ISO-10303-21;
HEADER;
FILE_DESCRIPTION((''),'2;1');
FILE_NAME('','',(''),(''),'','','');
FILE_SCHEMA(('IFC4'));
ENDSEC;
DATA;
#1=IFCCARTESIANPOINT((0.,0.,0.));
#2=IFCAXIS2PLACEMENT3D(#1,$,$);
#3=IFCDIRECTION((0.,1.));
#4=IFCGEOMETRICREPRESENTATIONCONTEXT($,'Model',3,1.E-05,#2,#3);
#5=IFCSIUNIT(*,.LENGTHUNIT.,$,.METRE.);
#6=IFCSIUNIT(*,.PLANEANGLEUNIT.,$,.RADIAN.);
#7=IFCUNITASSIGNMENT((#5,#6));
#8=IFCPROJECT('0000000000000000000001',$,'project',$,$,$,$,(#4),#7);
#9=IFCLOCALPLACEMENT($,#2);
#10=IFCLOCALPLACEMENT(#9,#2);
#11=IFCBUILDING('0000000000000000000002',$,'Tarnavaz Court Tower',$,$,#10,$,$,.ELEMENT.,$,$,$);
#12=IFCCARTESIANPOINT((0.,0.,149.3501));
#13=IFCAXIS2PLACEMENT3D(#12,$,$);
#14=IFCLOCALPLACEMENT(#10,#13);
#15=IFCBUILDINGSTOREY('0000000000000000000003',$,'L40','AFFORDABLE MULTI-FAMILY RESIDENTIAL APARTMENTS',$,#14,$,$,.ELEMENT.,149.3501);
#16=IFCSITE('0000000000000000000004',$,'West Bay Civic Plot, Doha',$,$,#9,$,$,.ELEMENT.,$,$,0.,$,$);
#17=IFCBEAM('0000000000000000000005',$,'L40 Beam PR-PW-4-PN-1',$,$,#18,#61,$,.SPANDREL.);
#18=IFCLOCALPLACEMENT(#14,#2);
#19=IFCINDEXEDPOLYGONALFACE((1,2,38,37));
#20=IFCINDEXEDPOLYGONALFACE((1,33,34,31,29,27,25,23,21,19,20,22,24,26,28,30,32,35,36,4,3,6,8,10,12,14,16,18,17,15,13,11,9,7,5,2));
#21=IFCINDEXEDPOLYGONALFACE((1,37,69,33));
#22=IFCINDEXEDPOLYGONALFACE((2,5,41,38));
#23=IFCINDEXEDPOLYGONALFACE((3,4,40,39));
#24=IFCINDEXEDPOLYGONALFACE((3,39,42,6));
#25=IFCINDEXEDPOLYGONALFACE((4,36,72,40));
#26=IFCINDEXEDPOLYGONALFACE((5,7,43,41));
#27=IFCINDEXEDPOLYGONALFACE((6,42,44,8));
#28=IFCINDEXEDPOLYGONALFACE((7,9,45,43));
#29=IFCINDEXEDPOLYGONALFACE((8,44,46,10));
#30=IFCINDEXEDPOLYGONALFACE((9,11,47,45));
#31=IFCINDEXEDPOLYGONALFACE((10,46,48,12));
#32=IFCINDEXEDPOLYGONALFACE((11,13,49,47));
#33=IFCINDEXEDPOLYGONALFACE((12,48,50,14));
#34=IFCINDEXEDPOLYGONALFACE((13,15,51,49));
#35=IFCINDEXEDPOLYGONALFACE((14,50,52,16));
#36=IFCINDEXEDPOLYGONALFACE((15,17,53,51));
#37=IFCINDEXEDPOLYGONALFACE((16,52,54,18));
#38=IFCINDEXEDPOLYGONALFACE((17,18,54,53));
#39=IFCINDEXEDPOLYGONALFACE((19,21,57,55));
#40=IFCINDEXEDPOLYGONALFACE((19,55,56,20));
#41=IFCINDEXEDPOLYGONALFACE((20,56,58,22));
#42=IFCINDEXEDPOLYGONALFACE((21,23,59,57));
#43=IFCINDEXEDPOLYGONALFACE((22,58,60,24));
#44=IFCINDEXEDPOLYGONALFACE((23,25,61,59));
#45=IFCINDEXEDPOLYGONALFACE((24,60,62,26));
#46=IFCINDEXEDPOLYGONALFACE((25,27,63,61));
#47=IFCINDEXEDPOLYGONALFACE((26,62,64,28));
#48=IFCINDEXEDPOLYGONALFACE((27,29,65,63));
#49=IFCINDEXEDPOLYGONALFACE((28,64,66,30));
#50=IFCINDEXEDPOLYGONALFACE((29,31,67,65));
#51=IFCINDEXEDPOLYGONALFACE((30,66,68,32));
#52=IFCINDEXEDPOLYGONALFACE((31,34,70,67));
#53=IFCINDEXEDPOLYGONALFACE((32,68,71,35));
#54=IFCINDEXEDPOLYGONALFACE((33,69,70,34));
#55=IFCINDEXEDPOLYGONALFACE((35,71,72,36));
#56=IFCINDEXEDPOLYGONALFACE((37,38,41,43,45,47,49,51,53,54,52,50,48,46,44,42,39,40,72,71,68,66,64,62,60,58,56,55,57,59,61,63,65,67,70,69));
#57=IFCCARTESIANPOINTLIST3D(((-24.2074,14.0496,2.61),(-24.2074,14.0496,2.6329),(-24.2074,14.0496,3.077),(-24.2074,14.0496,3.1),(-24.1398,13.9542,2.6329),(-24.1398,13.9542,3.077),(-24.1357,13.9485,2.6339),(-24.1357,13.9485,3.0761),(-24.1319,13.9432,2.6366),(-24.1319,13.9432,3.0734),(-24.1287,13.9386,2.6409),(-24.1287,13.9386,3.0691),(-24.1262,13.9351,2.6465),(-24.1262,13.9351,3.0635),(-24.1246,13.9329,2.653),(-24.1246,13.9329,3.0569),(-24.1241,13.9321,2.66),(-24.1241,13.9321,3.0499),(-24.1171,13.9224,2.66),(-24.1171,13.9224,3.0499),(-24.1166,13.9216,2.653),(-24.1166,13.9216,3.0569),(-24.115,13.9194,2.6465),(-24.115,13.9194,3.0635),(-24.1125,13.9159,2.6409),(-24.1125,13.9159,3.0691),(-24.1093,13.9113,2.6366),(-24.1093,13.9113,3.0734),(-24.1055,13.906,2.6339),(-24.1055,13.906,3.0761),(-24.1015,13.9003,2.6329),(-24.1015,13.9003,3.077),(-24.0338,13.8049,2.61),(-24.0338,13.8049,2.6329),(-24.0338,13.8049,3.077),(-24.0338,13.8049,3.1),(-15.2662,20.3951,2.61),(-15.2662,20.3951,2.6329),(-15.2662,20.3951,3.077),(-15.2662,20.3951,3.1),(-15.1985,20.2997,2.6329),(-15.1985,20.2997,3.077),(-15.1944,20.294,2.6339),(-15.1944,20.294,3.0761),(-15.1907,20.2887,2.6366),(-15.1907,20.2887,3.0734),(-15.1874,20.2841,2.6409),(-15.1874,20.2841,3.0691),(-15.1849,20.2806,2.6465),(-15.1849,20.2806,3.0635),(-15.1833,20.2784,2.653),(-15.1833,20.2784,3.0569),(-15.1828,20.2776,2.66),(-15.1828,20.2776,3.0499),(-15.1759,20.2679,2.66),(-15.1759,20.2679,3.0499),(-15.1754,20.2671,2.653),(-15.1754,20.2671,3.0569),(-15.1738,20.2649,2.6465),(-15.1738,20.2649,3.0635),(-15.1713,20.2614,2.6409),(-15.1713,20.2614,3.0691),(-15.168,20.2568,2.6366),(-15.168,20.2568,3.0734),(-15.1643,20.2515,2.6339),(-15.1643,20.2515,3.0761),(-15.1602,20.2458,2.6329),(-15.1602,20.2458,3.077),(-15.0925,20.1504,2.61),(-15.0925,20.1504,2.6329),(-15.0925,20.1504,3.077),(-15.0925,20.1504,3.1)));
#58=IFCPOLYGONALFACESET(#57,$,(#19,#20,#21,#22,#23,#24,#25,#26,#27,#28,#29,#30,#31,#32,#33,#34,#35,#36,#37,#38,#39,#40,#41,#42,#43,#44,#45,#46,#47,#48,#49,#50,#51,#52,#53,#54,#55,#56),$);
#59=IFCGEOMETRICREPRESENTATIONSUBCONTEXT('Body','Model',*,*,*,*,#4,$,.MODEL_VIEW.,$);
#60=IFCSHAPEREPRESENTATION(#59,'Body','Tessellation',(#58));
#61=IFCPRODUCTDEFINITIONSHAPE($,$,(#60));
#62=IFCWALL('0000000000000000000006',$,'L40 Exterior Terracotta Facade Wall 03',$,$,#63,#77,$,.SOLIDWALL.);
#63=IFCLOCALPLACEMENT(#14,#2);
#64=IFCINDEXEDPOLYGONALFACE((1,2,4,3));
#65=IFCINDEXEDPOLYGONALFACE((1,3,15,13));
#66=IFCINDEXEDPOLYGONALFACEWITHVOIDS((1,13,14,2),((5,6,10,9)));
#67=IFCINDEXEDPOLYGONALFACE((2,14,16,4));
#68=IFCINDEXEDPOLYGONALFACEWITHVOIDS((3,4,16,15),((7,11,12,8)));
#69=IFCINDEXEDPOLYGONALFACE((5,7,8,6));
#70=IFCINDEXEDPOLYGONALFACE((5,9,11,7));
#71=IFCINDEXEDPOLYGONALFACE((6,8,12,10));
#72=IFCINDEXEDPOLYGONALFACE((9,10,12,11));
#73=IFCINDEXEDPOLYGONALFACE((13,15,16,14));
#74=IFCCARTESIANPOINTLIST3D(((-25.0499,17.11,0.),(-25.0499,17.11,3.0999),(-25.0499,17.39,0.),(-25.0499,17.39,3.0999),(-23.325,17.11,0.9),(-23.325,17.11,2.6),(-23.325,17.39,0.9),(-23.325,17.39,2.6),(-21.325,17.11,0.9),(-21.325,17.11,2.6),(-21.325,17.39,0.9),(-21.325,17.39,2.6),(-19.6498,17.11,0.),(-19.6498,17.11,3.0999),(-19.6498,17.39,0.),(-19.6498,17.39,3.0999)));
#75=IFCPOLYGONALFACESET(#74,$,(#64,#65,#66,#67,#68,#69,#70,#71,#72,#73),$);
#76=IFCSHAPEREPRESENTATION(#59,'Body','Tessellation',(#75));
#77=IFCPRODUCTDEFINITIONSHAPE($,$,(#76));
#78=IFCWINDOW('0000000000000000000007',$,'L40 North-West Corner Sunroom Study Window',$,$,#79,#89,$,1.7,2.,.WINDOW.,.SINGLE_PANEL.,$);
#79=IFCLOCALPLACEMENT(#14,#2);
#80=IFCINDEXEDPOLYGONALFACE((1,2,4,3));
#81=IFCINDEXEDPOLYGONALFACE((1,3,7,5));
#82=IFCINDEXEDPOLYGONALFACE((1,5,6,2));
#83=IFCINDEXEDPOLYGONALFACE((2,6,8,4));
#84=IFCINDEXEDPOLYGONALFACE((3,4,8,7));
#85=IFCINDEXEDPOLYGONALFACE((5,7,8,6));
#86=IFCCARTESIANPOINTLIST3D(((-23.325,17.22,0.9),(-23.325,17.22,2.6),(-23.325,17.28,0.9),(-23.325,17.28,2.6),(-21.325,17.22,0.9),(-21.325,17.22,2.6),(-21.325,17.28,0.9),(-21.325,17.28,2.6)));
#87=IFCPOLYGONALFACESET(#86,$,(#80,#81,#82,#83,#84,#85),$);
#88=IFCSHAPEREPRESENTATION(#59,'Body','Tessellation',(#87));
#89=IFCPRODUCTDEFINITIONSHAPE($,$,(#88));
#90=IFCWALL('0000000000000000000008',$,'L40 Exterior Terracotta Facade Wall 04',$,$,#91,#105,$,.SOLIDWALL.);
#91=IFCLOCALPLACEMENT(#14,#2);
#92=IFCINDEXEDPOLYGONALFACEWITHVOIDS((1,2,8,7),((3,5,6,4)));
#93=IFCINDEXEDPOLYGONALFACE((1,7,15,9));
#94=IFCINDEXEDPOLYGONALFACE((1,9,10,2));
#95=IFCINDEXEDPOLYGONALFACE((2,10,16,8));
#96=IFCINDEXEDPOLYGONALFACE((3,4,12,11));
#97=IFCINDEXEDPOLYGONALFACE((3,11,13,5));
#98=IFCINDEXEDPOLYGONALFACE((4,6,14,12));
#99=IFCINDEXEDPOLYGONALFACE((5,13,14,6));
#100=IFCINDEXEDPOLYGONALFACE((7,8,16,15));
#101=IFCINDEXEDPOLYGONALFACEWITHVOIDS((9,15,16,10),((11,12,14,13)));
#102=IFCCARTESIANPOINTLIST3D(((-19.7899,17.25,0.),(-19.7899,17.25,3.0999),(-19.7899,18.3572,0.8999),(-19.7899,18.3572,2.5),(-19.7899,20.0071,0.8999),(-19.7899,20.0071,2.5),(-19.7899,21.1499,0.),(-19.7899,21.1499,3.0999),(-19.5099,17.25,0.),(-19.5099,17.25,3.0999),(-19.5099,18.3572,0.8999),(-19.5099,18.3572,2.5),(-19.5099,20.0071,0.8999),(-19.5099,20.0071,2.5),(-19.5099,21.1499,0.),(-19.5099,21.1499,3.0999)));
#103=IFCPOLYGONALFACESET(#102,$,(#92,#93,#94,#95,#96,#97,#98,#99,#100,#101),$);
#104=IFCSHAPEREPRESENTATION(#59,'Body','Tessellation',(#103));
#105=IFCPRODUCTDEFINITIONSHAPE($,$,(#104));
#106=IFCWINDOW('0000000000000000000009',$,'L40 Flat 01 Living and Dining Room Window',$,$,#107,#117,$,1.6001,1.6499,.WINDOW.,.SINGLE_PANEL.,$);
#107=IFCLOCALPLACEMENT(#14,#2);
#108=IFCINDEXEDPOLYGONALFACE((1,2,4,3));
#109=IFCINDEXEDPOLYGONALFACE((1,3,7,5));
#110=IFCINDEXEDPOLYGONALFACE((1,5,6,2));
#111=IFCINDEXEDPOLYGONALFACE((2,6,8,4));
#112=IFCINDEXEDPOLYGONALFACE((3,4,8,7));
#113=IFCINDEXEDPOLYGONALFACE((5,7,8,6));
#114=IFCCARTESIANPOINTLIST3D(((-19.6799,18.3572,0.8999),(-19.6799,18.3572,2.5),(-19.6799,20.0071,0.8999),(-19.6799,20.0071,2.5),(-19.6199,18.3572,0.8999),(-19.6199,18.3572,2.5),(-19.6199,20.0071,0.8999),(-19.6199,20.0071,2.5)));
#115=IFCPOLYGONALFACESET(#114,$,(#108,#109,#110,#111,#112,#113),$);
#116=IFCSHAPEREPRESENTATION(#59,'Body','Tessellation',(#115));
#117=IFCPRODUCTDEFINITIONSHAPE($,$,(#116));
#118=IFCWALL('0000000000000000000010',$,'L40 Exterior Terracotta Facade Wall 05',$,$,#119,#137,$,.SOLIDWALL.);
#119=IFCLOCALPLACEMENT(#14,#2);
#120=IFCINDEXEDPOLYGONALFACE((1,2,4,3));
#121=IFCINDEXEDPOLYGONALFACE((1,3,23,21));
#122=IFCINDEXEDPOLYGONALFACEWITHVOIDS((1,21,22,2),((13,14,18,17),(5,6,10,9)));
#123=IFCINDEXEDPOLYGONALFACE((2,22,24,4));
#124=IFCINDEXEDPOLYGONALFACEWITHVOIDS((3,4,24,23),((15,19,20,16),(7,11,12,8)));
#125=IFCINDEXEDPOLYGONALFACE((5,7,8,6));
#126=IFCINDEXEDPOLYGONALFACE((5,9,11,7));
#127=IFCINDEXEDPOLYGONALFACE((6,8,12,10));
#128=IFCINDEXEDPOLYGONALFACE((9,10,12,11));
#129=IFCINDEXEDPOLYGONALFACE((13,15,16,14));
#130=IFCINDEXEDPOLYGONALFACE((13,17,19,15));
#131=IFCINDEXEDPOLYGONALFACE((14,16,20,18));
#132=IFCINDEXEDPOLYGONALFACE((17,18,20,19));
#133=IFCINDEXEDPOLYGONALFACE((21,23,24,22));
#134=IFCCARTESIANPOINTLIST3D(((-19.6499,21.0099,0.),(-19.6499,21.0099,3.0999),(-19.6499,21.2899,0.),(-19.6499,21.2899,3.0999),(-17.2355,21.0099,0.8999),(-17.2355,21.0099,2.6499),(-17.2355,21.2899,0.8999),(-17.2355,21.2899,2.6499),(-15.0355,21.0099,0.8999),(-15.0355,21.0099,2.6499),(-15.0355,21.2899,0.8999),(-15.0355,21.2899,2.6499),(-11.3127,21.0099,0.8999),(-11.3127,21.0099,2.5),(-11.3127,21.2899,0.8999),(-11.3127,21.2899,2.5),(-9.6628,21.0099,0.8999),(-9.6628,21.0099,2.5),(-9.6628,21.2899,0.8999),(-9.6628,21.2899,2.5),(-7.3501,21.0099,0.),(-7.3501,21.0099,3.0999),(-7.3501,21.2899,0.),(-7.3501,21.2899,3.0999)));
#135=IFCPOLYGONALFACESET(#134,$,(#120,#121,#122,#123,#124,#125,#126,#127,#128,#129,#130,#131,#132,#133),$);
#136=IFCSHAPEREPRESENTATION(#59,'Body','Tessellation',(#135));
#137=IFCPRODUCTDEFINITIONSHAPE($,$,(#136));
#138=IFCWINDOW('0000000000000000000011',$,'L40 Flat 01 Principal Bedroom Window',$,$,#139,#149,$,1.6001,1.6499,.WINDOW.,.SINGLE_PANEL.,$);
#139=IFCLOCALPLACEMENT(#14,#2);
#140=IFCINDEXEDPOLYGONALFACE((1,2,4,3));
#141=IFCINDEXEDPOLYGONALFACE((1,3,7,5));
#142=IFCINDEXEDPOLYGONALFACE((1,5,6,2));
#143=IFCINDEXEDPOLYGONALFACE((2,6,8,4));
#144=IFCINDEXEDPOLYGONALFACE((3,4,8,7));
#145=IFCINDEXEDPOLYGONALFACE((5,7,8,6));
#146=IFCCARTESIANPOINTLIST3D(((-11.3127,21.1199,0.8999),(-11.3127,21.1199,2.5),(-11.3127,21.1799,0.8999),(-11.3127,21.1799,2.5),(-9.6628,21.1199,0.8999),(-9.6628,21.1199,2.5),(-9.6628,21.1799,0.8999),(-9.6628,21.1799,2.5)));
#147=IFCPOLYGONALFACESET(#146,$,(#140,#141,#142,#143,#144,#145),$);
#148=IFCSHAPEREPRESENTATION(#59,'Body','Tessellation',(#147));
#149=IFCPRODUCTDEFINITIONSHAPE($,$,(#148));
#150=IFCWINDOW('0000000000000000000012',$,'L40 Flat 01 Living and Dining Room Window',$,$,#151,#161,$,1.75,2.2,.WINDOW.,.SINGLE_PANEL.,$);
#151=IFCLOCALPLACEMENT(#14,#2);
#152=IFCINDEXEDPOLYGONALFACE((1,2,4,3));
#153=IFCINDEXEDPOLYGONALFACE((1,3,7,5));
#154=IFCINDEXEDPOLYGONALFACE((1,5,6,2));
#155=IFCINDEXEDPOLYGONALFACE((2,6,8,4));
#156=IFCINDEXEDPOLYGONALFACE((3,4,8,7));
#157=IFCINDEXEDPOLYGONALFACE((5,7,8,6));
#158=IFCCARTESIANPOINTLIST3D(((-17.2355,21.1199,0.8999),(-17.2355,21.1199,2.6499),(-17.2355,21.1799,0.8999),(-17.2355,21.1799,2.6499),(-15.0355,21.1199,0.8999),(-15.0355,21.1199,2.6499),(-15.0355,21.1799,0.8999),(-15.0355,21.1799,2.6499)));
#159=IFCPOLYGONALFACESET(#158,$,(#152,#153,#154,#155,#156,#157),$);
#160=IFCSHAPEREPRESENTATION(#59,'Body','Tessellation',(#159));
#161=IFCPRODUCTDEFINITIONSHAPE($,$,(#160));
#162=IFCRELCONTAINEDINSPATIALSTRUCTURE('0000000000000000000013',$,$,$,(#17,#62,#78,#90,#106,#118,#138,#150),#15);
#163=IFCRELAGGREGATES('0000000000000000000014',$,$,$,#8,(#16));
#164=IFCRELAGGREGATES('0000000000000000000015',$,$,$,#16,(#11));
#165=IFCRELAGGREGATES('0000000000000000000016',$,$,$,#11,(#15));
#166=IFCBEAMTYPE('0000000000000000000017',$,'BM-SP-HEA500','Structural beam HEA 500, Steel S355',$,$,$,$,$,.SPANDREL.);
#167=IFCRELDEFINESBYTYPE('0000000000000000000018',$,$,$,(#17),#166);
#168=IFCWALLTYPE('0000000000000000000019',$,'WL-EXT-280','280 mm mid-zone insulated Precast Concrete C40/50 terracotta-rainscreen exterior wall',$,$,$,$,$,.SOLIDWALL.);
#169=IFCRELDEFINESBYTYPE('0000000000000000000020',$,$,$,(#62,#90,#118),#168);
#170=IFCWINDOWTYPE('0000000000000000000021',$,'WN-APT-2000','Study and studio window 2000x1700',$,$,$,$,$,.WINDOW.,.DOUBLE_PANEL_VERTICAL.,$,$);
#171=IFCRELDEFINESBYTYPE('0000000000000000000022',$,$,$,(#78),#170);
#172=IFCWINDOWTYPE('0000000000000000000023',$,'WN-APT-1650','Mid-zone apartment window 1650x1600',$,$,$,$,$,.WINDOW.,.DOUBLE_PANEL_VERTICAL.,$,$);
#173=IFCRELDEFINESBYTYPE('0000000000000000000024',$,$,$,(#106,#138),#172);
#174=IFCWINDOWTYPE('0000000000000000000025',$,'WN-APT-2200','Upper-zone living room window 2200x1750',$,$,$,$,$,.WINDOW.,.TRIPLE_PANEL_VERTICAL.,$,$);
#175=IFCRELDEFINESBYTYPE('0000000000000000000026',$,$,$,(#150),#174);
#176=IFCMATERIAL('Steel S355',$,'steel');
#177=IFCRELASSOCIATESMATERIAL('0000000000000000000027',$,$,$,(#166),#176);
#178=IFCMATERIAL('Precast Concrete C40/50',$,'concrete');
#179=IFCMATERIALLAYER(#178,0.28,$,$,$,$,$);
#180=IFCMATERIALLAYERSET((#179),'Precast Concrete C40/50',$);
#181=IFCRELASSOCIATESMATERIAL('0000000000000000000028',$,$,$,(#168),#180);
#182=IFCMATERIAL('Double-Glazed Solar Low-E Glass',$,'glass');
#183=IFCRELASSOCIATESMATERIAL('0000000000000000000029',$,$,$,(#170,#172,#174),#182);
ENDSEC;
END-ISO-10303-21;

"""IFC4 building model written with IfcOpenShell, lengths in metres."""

from ifc_helpers import new_model, si_unit, direction, frame, frame_2d, origin, origin_2d, place, context, subcontext, project, spatial, rectangle, i_section, extrude, material, layer, layer_set, material_profile, profile_set, type_object, element, fill, save


model = new_model("IFC4")

# Units and contexts
model_context = context("Model", 3, precision=1e-05, world=origin(), true_north=direction((0.0, 1.0)))
body_context = subcontext(model_context, "Body", "Model", "MODEL_VIEW")
ifc_project = project(units=[si_unit("LENGTHUNIT", "METRE"), si_unit("PLANEANGLEUNIT", "RADIAN")], contexts=[model_context])

# Site, building, storey
site_placement = place(None, origin())
site = spatial("IfcSite", under=ifc_project, at=site_placement, Name="West Bay Civic Plot, Doha", CompositionType="ELEMENT", RefElevation=0.0)
building_placement = place(site_placement, origin())
building = spatial("IfcBuilding", under=site, at=building_placement, Name="Tarnavaz Court Tower", CompositionType="ELEMENT")
storey_placement = place(building_placement, frame((0.0, 0.0, 149.3501)))
storey = spatial("IfcBuildingStorey", under=building, at=storey_placement, Name="L40", Description="AFFORDABLE MULTI-FAMILY RESIDENTIAL APARTMENTS", CompositionType="ELEMENT", Elevation=149.3501)

# Beam
ifc_material_1 = material(Name="Steel S355", Category="steel")
ifc_material_profile_1 = material_profile(ifc_material_1, i_section(OverallWidth=0.3, OverallDepth=0.49, WebThickness=0.012, FlangeThickness=0.0229, FilletRadius=0.0271, at=origin_2d()), Name="HEA 500")
ifc_profile_set_1 = profile_set([ifc_material_profile_1], Name="Steel S355")
beam_type_1 = type_object("IfcBeamType", Name="BM-SP-HEA500", Description="Structural beam HEA 500, Steel S355", PredefinedType="SPANDREL", material=ifc_profile_set_1)
beam_1_placement = place(storey_placement, frame((-24.1206, 13.9272, 2.855), z_axis=(0.815502, 0.578754, 0.0), x_axis=(-0.578754, 0.815502, 0.0)))
element("IfcBeam", 1, at=beam_1_placement, inside=storey, type_object=beam_type_1, Name="L40 Beam PR-PW-4-PN-1", PredefinedType="SPANDREL", context=body_context, shape_type="SweptSolid", body=[
    extrude(i_section(OverallWidth=0.3, OverallDepth=0.49, WebThickness=0.012, FlangeThickness=0.0229, FilletRadius=0.0271, at=origin_2d()), origin(), (0.0, 0.0, 1.0), 10.9641),
])

# Walls, openings, windows
ifc_material_2 = material(Name="Precast Concrete C40/50", Category="concrete")
ifc_layer_1 = layer(ifc_material_2, 0.28)
ifc_layer_set_1 = layer_set([ifc_layer_1], Name="Precast Concrete C40/50")
wall_type_1 = type_object("IfcWallType", Name="WL-EXT-280", Description="280 mm mid-zone insulated Precast Concrete C40/50 terracotta-rainscreen exterior wall", PredefinedType="SOLIDWALL", material=ifc_layer_set_1)
wall_1_placement = place(storey_placement, frame((-25.05, 17.25, 0.0), z_axis=(0.0, 0.0, 1.0), x_axis=(1.0, 0.0, 0.0)))
wall_1 = element("IfcWall", 2, at=wall_1_placement, inside=storey, type_object=wall_type_1, Name="L40 Exterior Terracotta Facade Wall 03", PredefinedType="SOLIDWALL", context=body_context, shape_type="SweptSolid", body=[
    extrude(rectangle(XDim=5.4001, YDim=0.28, at=frame_2d((2.7002, 0.0))), origin(), (0.0, 0.0, 1.0), 3.0999),
])
opening_1_placement = place(wall_1_placement, frame((1.7251, 0.0, 0.8999)))
opening_1 = element("IfcOpeningElement", 3, at=opening_1_placement, cuts=wall_1, PredefinedType="OPENING", context=body_context, shape_type="SweptSolid", body=[
    extrude(rectangle(XDim=2.0, YDim=1.7, at=frame_2d((1.0, 0.8501))), frame((0.0, 0.1499, 0.0), z_axis=(0.0, -1.0, 0.0), x_axis=(1.0, 0.0, 0.0)), (0.0, 0.0, 1.0), 0.3),
])
ifc_material_3 = material(Name="Double-Glazed Solar Low-E Glass", Category="glass")
window_type_1 = type_object("IfcWindowType", Name="WN-APT-2000", Description="Study and studio window 2000x1700", PartitioningType="DOUBLE_PANEL_VERTICAL", PredefinedType="WINDOW", material=ifc_material_3)
window_1_placement = place(opening_1_placement, origin())
window_1 = element("IfcWindow", 4, at=window_1_placement, inside=storey, type_object=window_type_1, Name="L40 North-West Corner Sunroom Study Window", OverallHeight=1.7, OverallWidth=2.0, PartitioningType="SINGLE_PANEL", PredefinedType="WINDOW", context=body_context, shape_type="SweptSolid", body=[
    extrude(rectangle(XDim=2.0, YDim=1.7, at=frame_2d((1.0, 0.8501))), frame((0.0, 0.03, 0.0), z_axis=(0.0, -1.0, 0.0), x_axis=(1.0, 0.0, 0.0)), (0.0, 0.0, 1.0), 0.0601),
])
fill(opening_1, window_1)
wall_2_placement = place(storey_placement, frame((-19.6499, 17.25, 0.0), z_axis=(0.0, 0.0, 1.0), x_axis=(0.0, 1.0, 0.0)))
wall_2 = element("IfcWall", 5, at=wall_2_placement, inside=storey, type_object=wall_type_1, Name="L40 Exterior Terracotta Facade Wall 04", PredefinedType="SOLIDWALL", context=body_context, shape_type="SweptSolid", body=[
    extrude(rectangle(XDim=3.8999, YDim=0.28, at=frame_2d((1.95, 0.0))), origin(), (0.0, 0.0, 1.0), 3.0999),
])
opening_2_placement = place(wall_2_placement, frame((1.1072, 0.0, 0.8999)))
opening_2 = element("IfcOpeningElement", 6, at=opening_2_placement, cuts=wall_2, PredefinedType="OPENING", context=body_context, shape_type="SweptSolid", body=[
    extrude(rectangle(XDim=1.6499, YDim=1.6001, at=frame_2d((0.825, 0.8))), frame((0.0, 0.1499, 0.0), z_axis=(0.0, -1.0, 0.0), x_axis=(1.0, 0.0, 0.0)), (0.0, 0.0, 1.0), 0.3),
])
window_type_2 = type_object("IfcWindowType", Name="WN-APT-1650", Description="Mid-zone apartment window 1650x1600", PartitioningType="DOUBLE_PANEL_VERTICAL", PredefinedType="WINDOW", material=ifc_material_3)
window_2_placement = place(opening_2_placement, origin())
window_2 = element("IfcWindow", 7, at=window_2_placement, inside=storey, type_object=window_type_2, Name="L40 Flat 01 Living and Dining Room Window", OverallHeight=1.6001, OverallWidth=1.6499, PartitioningType="SINGLE_PANEL", PredefinedType="WINDOW", context=body_context, shape_type="SweptSolid", body=[
    extrude(rectangle(XDim=1.6499, YDim=1.6001, at=frame_2d((0.825, 0.8))), frame((0.0, 0.03, 0.0), z_axis=(0.0, -1.0, 0.0), x_axis=(1.0, 0.0, 0.0)), (0.0, 0.0, 1.0), 0.0601),
])
fill(opening_2, window_2)

# Wall, openings, windows
wall_3_placement = place(storey_placement, frame((-19.6499, 21.1499, 0.0), z_axis=(0.0, 0.0, 1.0), x_axis=(1.0, 0.0, 0.0)))
wall_3 = element("IfcWall", 8, at=wall_3_placement, inside=storey, type_object=wall_type_1, Name="L40 Exterior Terracotta Facade Wall 05", PredefinedType="SOLIDWALL", context=body_context, shape_type="SweptSolid", body=[
    extrude(rectangle(XDim=12.2998, YDim=0.28, at=frame_2d((6.1499, 0.0))), origin(), (0.0, 0.0, 1.0), 3.0999),
])
opening_3_placement = place(wall_3_placement, frame((2.4143, 0.0, 0.8999)))
opening_3 = element("IfcOpeningElement", 9, at=opening_3_placement, cuts=wall_3, PredefinedType="OPENING", context=body_context, shape_type="SweptSolid", body=[
    extrude(rectangle(XDim=2.2, YDim=1.75, at=frame_2d((1.1001, 0.875))), frame((0.0, 0.1499, 0.0), z_axis=(0.0, -1.0, 0.0), x_axis=(1.0, 0.0, 0.0)), (0.0, 0.0, 1.0), 0.3),
])
opening_4_placement = place(wall_3_placement, frame((8.3372, 0.0, 0.8999)))
opening_4 = element("IfcOpeningElement", 10, at=opening_4_placement, cuts=wall_3, PredefinedType="OPENING", context=body_context, shape_type="SweptSolid", body=[
    extrude(rectangle(XDim=1.6499, YDim=1.6001, at=frame_2d((0.825, 0.8))), frame((0.0, 0.1499, 0.0), z_axis=(0.0, -1.0, 0.0), x_axis=(1.0, 0.0, 0.0)), (0.0, 0.0, 1.0), 0.3),
])
window_3_placement = place(opening_4_placement, origin())
window_3 = element("IfcWindow", 11, at=window_3_placement, inside=storey, type_object=window_type_2, Name="L40 Flat 01 Principal Bedroom Window", OverallHeight=1.6001, OverallWidth=1.6499, PartitioningType="SINGLE_PANEL", PredefinedType="WINDOW", context=body_context, shape_type="SweptSolid", body=[
    extrude(rectangle(XDim=1.6499, YDim=1.6001, at=frame_2d((0.825, 0.8))), frame((0.0, 0.03, 0.0), z_axis=(0.0, -1.0, 0.0), x_axis=(1.0, 0.0, 0.0)), (0.0, 0.0, 1.0), 0.0601),
])
fill(opening_4, window_3)
window_type_3 = type_object("IfcWindowType", Name="WN-APT-2200", Description="Upper-zone living room window 2200x1750", PartitioningType="TRIPLE_PANEL_VERTICAL", PredefinedType="WINDOW", material=ifc_material_3)
window_4_placement = place(opening_3_placement, origin())
window_4 = element("IfcWindow", 12, at=window_4_placement, inside=storey, type_object=window_type_3, Name="L40 Flat 01 Living and Dining Room Window", OverallHeight=1.75, OverallWidth=2.2, PartitioningType="SINGLE_PANEL", PredefinedType="WINDOW", context=body_context, shape_type="SweptSolid", body=[
    extrude(rectangle(XDim=2.2, YDim=1.75, at=frame_2d((1.1001, 0.875))), frame((0.0, 0.03, 0.0), z_axis=(0.0, -1.0, 0.0), x_axis=(1.0, 0.0, 0.0)), (0.0, 0.0, 1.0), 0.0601),
])
fill(opening_3, window_4)

save(model, "model.ifc")
